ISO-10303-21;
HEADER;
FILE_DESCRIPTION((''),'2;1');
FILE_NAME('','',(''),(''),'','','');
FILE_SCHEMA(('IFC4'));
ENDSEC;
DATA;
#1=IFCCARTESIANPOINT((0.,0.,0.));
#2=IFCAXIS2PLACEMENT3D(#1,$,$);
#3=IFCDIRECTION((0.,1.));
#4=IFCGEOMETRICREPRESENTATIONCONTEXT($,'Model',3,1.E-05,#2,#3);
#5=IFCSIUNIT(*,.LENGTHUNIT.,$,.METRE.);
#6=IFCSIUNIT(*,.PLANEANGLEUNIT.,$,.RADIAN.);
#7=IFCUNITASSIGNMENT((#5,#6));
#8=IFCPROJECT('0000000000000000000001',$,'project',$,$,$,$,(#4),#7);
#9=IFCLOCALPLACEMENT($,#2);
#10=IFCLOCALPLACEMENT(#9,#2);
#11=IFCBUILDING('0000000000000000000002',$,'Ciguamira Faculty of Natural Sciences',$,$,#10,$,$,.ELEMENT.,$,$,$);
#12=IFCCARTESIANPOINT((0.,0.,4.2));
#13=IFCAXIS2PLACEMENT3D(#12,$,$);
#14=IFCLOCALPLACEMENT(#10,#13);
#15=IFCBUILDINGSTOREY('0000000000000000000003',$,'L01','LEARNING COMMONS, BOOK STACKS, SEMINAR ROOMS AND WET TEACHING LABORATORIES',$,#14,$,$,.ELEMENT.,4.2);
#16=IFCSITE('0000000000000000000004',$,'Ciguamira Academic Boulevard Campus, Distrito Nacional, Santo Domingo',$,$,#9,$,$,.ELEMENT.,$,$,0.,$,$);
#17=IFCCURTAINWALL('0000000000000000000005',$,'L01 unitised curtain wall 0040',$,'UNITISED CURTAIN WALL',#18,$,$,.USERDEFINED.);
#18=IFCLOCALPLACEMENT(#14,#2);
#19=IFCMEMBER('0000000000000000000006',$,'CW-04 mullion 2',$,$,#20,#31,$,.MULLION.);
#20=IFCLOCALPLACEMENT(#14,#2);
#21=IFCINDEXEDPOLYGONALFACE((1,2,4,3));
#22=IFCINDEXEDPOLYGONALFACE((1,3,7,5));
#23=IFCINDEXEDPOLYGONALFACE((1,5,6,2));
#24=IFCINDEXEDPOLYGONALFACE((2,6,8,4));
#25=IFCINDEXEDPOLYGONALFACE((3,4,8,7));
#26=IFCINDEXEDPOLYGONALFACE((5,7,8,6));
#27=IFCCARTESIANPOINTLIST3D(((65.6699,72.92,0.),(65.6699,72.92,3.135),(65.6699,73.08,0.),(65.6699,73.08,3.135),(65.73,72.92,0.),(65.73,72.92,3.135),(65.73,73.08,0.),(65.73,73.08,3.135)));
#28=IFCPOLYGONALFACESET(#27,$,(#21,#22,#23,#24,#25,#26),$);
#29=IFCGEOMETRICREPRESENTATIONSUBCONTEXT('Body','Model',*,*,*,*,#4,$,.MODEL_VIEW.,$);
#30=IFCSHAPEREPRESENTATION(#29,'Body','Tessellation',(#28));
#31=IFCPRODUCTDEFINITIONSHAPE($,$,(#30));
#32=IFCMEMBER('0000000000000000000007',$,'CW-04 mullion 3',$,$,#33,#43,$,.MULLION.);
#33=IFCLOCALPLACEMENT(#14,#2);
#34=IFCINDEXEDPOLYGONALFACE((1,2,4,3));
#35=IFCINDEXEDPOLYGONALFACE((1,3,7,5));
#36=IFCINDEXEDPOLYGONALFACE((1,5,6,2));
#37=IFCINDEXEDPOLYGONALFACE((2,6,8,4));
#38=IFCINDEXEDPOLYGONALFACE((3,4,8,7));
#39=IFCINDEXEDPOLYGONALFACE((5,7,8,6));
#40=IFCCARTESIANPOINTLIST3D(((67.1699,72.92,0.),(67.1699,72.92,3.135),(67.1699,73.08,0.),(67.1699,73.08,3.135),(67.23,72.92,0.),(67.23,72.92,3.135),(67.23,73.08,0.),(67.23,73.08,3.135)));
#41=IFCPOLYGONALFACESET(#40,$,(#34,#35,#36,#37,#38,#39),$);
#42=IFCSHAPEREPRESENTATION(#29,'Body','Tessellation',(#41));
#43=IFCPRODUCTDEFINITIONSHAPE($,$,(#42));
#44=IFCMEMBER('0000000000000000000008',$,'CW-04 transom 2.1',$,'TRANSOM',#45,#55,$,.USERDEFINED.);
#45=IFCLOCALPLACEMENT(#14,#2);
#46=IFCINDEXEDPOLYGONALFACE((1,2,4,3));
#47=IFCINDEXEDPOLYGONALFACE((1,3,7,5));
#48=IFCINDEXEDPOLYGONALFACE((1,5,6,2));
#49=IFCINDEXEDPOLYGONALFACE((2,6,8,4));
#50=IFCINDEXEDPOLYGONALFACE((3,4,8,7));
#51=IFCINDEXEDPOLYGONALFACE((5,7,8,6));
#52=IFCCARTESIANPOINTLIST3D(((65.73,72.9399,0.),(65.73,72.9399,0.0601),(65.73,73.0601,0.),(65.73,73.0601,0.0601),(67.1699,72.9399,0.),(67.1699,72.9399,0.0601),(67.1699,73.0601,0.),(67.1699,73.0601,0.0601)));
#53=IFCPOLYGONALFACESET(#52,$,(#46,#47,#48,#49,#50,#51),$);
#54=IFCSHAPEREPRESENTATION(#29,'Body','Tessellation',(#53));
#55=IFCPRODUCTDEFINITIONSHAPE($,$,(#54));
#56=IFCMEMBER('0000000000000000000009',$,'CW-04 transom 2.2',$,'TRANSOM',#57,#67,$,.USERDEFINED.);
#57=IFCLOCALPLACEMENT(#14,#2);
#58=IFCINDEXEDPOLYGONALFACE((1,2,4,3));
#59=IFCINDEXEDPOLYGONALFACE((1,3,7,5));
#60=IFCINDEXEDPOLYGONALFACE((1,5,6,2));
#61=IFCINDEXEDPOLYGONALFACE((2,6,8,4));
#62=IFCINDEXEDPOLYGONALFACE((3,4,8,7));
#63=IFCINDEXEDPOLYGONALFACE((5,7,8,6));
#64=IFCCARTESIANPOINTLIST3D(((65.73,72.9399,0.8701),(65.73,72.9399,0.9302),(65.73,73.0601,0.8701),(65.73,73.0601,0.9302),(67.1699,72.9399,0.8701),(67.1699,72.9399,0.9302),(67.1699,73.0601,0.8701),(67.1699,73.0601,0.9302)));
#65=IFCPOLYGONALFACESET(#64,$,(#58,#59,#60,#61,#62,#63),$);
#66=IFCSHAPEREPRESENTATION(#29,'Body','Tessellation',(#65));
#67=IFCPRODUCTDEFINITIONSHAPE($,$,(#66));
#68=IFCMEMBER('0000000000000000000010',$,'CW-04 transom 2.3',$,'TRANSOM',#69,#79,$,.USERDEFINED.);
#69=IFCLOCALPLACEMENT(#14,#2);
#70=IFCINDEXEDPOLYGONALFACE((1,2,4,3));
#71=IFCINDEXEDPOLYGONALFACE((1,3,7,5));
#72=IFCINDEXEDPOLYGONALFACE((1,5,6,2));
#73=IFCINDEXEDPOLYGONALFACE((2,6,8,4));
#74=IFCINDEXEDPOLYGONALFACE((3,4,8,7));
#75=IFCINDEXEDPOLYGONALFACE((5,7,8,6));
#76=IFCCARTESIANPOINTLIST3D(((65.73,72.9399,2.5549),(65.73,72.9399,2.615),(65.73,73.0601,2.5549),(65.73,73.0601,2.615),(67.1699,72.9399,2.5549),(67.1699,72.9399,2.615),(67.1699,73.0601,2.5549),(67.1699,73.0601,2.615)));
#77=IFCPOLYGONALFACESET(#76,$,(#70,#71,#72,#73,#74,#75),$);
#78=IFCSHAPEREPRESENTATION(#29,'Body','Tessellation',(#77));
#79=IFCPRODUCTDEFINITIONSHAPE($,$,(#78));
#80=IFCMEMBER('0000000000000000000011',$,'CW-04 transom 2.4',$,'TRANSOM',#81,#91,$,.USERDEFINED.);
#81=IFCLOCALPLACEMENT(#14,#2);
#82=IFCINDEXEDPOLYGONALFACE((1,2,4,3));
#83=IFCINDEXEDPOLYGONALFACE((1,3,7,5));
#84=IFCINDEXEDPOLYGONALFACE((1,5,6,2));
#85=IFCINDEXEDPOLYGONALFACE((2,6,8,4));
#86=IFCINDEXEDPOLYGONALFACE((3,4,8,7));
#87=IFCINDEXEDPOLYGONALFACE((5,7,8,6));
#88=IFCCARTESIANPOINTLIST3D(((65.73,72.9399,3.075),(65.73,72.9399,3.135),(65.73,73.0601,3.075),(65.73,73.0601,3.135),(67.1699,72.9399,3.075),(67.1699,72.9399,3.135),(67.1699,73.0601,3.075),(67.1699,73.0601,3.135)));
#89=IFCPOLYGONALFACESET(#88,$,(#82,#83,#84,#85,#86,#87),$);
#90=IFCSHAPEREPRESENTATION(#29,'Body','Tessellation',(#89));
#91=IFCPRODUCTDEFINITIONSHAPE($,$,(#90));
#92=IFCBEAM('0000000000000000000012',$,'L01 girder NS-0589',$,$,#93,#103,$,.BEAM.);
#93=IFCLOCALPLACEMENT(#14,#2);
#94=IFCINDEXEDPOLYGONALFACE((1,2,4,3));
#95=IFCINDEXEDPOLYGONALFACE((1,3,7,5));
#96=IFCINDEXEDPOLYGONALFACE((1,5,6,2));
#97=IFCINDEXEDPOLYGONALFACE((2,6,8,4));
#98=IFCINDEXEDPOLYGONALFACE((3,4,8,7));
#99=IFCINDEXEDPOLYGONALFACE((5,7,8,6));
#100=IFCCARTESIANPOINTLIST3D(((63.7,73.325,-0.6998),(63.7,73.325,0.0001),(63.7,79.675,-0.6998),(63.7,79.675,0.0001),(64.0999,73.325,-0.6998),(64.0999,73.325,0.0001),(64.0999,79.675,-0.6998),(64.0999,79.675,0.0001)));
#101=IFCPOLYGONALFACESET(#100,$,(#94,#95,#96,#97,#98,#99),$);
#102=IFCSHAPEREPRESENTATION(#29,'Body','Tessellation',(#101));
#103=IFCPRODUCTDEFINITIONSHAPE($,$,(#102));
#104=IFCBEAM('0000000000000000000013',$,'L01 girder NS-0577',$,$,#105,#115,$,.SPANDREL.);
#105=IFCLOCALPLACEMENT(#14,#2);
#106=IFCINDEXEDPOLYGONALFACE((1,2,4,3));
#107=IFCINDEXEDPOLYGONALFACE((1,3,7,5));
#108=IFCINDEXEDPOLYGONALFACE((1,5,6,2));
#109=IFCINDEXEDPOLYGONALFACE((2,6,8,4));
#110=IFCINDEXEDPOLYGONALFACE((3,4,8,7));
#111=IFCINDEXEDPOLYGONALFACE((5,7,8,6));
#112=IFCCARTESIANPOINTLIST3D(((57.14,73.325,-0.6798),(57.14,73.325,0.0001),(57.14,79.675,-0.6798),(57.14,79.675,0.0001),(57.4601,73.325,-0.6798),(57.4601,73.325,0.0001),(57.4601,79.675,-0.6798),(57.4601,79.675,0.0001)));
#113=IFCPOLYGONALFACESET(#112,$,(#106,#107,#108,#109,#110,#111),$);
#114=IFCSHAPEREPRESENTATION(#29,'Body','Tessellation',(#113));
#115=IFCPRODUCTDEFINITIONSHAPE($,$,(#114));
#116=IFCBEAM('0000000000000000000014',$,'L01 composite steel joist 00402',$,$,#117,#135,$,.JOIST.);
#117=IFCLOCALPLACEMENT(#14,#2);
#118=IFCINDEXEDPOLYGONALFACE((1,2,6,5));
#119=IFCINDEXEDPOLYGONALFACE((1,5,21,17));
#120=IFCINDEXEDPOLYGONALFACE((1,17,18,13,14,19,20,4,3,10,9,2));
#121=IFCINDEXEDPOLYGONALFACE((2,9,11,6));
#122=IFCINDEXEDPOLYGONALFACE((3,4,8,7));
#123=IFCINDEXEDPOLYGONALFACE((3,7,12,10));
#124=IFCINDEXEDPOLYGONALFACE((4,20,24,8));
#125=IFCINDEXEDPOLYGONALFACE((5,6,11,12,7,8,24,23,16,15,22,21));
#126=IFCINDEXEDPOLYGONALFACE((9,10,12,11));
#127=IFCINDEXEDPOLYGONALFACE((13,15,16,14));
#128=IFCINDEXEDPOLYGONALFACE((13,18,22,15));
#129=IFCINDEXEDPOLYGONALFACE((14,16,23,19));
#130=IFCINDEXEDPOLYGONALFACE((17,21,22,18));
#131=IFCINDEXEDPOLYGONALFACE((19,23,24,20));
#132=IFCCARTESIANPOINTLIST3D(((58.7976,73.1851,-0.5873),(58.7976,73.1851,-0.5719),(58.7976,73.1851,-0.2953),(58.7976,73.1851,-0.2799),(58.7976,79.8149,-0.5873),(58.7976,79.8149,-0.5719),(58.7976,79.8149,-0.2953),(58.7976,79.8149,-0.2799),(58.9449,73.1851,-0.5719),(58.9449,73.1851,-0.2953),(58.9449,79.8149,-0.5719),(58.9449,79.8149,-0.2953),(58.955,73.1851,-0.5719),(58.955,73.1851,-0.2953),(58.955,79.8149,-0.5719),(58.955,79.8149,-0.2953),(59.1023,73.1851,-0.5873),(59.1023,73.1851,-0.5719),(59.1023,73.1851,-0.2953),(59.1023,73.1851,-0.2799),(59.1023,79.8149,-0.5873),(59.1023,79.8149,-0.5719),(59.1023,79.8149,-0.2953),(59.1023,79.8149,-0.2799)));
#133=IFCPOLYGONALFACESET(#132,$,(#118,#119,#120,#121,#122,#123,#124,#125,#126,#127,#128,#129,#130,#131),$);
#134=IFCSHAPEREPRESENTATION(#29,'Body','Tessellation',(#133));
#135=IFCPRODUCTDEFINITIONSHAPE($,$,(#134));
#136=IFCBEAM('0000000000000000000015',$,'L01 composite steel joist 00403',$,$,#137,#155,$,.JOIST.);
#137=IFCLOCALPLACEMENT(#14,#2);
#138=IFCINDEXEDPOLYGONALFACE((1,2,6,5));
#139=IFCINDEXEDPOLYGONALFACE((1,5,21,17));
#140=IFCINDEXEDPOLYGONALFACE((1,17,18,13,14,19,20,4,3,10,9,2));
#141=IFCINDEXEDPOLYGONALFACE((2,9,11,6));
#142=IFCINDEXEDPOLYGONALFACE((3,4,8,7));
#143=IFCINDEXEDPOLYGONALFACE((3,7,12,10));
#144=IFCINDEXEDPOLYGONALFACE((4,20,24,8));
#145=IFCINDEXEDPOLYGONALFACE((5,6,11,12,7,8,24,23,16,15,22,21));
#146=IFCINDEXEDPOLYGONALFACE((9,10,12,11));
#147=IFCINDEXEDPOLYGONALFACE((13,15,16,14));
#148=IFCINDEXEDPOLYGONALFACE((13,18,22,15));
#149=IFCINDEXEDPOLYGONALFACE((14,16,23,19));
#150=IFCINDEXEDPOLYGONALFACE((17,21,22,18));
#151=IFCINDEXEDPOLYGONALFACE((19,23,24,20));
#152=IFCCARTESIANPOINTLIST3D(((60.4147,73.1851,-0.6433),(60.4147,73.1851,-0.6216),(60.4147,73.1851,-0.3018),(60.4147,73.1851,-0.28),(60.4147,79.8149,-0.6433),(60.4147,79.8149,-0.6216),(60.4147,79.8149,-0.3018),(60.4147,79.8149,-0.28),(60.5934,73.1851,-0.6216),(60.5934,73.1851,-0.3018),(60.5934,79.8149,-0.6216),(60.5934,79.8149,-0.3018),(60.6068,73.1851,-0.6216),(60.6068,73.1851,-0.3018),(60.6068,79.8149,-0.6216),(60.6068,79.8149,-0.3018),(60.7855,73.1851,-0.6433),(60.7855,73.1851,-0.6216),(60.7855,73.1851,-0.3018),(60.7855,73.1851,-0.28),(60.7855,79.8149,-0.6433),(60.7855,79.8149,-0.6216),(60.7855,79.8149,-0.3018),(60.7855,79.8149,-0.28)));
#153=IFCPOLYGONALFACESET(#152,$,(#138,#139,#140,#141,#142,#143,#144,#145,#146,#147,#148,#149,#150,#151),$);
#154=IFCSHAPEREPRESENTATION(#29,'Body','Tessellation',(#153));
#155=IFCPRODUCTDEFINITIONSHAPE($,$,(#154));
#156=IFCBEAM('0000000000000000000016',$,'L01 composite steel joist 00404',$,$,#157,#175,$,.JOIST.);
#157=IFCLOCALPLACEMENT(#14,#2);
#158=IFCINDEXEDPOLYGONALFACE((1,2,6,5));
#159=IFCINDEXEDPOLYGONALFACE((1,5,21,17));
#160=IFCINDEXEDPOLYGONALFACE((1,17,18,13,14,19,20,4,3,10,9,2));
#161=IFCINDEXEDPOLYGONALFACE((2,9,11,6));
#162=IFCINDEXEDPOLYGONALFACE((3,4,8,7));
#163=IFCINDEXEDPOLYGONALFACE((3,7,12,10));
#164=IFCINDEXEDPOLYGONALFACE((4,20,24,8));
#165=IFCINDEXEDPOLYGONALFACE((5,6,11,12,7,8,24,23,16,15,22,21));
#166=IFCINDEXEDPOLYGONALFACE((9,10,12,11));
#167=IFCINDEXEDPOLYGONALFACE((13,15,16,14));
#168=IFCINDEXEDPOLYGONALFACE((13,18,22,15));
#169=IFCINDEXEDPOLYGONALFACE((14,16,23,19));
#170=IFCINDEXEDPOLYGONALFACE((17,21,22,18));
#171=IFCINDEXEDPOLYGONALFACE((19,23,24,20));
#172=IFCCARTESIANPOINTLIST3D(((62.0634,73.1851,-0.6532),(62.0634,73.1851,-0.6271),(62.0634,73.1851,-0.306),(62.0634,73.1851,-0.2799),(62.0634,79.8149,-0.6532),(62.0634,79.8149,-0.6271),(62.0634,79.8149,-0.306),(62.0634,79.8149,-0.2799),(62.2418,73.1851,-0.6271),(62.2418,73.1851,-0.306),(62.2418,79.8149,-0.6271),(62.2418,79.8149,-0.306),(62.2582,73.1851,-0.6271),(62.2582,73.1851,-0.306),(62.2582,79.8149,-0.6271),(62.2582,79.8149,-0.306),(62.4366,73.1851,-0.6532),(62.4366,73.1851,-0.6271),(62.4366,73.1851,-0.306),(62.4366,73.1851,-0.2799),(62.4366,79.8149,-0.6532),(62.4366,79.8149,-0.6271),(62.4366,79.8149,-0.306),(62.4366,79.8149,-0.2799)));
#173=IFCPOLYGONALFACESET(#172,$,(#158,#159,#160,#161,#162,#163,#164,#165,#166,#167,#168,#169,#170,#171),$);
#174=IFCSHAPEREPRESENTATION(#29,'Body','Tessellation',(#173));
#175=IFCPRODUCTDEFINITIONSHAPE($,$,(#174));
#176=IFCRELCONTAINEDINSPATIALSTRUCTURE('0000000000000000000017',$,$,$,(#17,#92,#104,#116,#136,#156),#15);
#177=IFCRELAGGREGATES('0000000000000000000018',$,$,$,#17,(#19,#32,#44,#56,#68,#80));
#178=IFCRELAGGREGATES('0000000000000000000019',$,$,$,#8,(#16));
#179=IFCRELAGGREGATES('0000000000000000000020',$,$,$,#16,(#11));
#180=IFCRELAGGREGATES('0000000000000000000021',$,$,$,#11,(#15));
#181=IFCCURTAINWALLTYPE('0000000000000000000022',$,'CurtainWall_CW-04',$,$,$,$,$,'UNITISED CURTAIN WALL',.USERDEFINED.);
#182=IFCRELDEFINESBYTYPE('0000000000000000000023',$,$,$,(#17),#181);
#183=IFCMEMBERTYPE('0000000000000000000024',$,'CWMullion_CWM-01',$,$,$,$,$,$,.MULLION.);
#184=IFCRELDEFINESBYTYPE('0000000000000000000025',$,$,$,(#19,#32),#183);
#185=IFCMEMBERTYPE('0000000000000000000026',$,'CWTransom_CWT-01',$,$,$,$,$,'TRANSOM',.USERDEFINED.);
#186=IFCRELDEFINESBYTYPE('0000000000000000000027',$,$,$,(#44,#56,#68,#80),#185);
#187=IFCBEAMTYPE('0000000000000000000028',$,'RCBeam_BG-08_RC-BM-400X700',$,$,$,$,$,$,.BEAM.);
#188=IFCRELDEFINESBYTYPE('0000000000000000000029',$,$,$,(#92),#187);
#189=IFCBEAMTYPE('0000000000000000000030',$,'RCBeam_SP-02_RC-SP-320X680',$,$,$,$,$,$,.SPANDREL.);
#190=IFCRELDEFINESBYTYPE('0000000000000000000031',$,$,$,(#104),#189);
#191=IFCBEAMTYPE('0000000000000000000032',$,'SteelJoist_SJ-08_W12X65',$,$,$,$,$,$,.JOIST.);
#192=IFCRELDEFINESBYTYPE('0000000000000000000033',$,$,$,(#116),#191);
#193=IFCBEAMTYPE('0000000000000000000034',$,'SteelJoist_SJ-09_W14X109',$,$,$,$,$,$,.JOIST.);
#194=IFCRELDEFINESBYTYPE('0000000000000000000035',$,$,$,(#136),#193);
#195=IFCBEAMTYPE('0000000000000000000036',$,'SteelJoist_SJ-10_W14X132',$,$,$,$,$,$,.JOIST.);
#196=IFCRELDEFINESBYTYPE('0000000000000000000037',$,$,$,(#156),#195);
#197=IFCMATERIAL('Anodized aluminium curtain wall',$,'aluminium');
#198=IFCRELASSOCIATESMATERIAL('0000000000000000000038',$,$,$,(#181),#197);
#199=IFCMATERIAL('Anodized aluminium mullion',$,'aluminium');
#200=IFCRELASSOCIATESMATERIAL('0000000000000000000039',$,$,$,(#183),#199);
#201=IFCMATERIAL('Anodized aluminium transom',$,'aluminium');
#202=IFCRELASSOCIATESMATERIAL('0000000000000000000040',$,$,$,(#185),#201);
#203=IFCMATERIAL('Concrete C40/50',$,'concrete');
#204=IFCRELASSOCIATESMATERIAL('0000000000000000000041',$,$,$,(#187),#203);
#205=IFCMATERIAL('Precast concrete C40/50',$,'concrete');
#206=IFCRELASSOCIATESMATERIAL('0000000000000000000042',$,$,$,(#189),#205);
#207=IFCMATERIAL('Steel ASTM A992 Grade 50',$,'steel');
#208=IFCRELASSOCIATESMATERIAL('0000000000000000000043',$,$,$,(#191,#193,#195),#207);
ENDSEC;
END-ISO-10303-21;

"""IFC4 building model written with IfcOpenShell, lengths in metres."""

from ifc_helpers import new_model, si_unit, direction, frame, origin, origin_2d, place, context, subcontext, project, spatial, rectangle, i_section, extrude, material, material_profile, profile_set, type_object, element, aggregate, save


model = new_model("IFC4")

# Units and contexts
model_context = context("Model", 3, precision=1e-05, world=origin(), true_north=direction((0.0, 1.0)))
body_context = subcontext(model_context, "Body", "Model", "MODEL_VIEW")
ifc_project = project(units=[si_unit("LENGTHUNIT", "METRE"), si_unit("PLANEANGLEUNIT", "RADIAN")], contexts=[model_context])

# Site, building, storey
site_placement = place(None, origin())
site = spatial("IfcSite", under=ifc_project, at=site_placement, Name="Ciguamira Academic Boulevard Campus, Distrito Nacional, Santo Domingo", CompositionType="ELEMENT", RefElevation=0.0)
building_placement = place(site_placement, origin())
building = spatial("IfcBuilding", under=site, at=building_placement, Name="Ciguamira Faculty of Natural Sciences", CompositionType="ELEMENT")
storey_placement = place(building_placement, frame((0.0, 0.0, 4.2)))
storey = spatial("IfcBuildingStorey", under=building, at=storey_placement, Name="L01", Description="LEARNING COMMONS, BOOK STACKS, SEMINAR ROOMS AND WET TEACHING LABORATORIES", CompositionType="ELEMENT", Elevation=4.2)

# Curtain wall, members
ifc_material_1 = material(Name="Anodized aluminium curtain wall", Category="aluminium")
curtain_wall_type = type_object("IfcCurtainWallType", Name="CurtainWall_CW-04", ElementType="UNITISED CURTAIN WALL", PredefinedType="USERDEFINED", material=ifc_material_1)
curtain_wall_placement = place(storey_placement, origin())
curtain_wall = element("IfcCurtainWall", 1, at=curtain_wall_placement, inside=storey, type_object=curtain_wall_type, Name="L01 unitised curtain wall 0040", ObjectType="UNITISED CURTAIN WALL", PredefinedType="USERDEFINED")
ifc_material_2 = material(Name="Anodized aluminium mullion", Category="aluminium")
ifc_material_profile_1 = material_profile(ifc_material_2, rectangle(XDim=0.0601, YDim=0.1599, at=origin_2d()), Name="ALU-MUL-60X160")
ifc_profile_set_1 = profile_set([ifc_material_profile_1], Name="Anodized aluminium mullion")
member_type_1 = type_object("IfcMemberType", Name="CWMullion_CWM-01", PredefinedType="MULLION", material=ifc_profile_set_1)
member_1_placement = place(storey_placement, frame((65.7, 73.0, 0.0), z_axis=(0.0, 0.0, 1.0), x_axis=(1.0, 0.0, 0.0)))
member_1 = element("IfcMember", 2, at=member_1_placement, type_object=member_type_1, Name="CW-04 mullion 2", PredefinedType="MULLION", context=body_context, shape_type="SweptSolid", body=[
    extrude(rectangle(XDim=0.0601, YDim=0.1599, at=origin_2d()), origin(), (0.0, 0.0, 1.0), 3.135),
])
member_2_placement = place(storey_placement, frame((67.2, 73.0, 0.0), z_axis=(0.0, 0.0, 1.0), x_axis=(1.0, 0.0, 0.0)))
member_2 = element("IfcMember", 3, at=member_2_placement, type_object=member_type_1, Name="CW-04 mullion 3", PredefinedType="MULLION", context=body_context, shape_type="SweptSolid", body=[
    extrude(rectangle(XDim=0.0601, YDim=0.1599, at=origin_2d()), origin(), (0.0, 0.0, 1.0), 3.135),
])
ifc_material_3 = material(Name="Anodized aluminium transom", Category="aluminium")
ifc_material_profile_2 = material_profile(ifc_material_3, rectangle(XDim=0.0601, YDim=0.1201, at=origin_2d()), Name="ALU-TRN-60X120")
ifc_profile_set_2 = profile_set([ifc_material_profile_2], Name="Anodized aluminium transom")
member_type_2 = type_object("IfcMemberType", Name="CWTransom_CWT-01", ElementType="TRANSOM", PredefinedType="USERDEFINED", material=ifc_profile_set_2)
member_3_placement = place(storey_placement, frame((65.73, 73.0, 0.03), z_axis=(1.0, 0.0, 0.0), x_axis=(0.0, 0.0, 1.0)))
member_3 = element("IfcMember", 4, at=member_3_placement, type_object=member_type_2, Name="CW-04 transom 2.1", ObjectType="TRANSOM", PredefinedType="USERDEFINED", context=body_context, shape_type="SweptSolid", body=[
    extrude(rectangle(XDim=0.0601, YDim=0.1201, at=origin_2d()), origin(), (0.0, 0.0, 1.0), 1.4399),
])
member_4_placement = place(storey_placement, frame((65.73, 73.0, 0.9001), z_axis=(1.0, 0.0, 0.0), x_axis=(0.0, 0.0, 1.0)))
member_4 = element("IfcMember", 5, at=member_4_placement, type_object=member_type_2, Name="CW-04 transom 2.2", ObjectType="TRANSOM", PredefinedType="USERDEFINED", context=body_context, shape_type="SweptSolid", body=[
    extrude(rectangle(XDim=0.0601, YDim=0.1201, at=origin_2d()), origin(), (0.0, 0.0, 1.0), 1.4399),
])
member_5_placement = place(storey_placement, frame((65.73, 73.0, 2.585), z_axis=(1.0, 0.0, 0.0), x_axis=(0.0, 0.0, 1.0)))
member_5 = element("IfcMember", 6, at=member_5_placement, type_object=member_type_2, Name="CW-04 transom 2.3", ObjectType="TRANSOM", PredefinedType="USERDEFINED", context=body_context, shape_type="SweptSolid", body=[
    extrude(rectangle(XDim=0.0601, YDim=0.1201, at=origin_2d()), origin(), (0.0, 0.0, 1.0), 1.4399),
])
member_6_placement = place(storey_placement, frame((65.73, 73.0, 3.105), z_axis=(1.0, 0.0, 0.0), x_axis=(0.0, 0.0, 1.0)))
member_6 = element("IfcMember", 7, at=member_6_placement, type_object=member_type_2, Name="CW-04 transom 2.4", ObjectType="TRANSOM", PredefinedType="USERDEFINED", context=body_context, shape_type="SweptSolid", body=[
    extrude(rectangle(XDim=0.0601, YDim=0.1201, at=origin_2d()), origin(), (0.0, 0.0, 1.0), 1.4399),
])

# Beams
ifc_material_4 = material(Name="Concrete C40/50", Category="concrete")
ifc_material_profile_3 = material_profile(ifc_material_4, rectangle(XDim=0.3999, YDim=0.7, at=origin_2d()), Name="RC-BM-400X700")
ifc_profile_set_3 = profile_set([ifc_material_profile_3], Name="Concrete C40/50")
beam_type_1 = type_object("IfcBeamType", Name="RCBeam_BG-08_RC-BM-400X700", PredefinedType="BEAM", material=ifc_profile_set_3)
beam_1_placement = place(storey_placement, frame((63.8999, 73.325, -0.3499), z_axis=(0.0, 1.0, 0.0), x_axis=(-1.0, 0.0, 0.0)))
element("IfcBeam", 8, at=beam_1_placement, inside=storey, type_object=beam_type_1, Name="L01 girder NS-0589", PredefinedType="BEAM", context=body_context, shape_type="SweptSolid", body=[
    extrude(rectangle(XDim=0.3999, YDim=0.7, at=origin_2d()), origin(), (0.0, 0.0, 1.0), 6.3501),
])
ifc_material_5 = material(Name="Precast concrete C40/50", Category="concrete")
ifc_material_profile_4 = material_profile(ifc_material_5, rectangle(XDim=0.3201, YDim=0.6799, at=origin_2d()), Name="RC-SP-320X680")
ifc_profile_set_4 = profile_set([ifc_material_profile_4], Name="Precast concrete C40/50")
beam_type_2 = type_object("IfcBeamType", Name="RCBeam_SP-02_RC-SP-320X680", PredefinedType="SPANDREL", material=ifc_profile_set_4)
beam_2_placement = place(storey_placement, frame((57.3, 73.325, -0.3398), z_axis=(0.0, 1.0, 0.0), x_axis=(-1.0, 0.0, 0.0)))
element("IfcBeam", 9, at=beam_2_placement, inside=storey, type_object=beam_type_2, Name="L01 girder NS-0577", PredefinedType="SPANDREL", context=body_context, shape_type="SweptSolid", body=[
    extrude(rectangle(XDim=0.3201, YDim=0.6799, at=origin_2d()), origin(), (0.0, 0.0, 1.0), 6.3501),
])
ifc_material_6 = material(Name="Steel ASTM A992 Grade 50", Category="steel")
ifc_material_profile_5 = material_profile(ifc_material_6, i_section(OverallWidth=0.3047, OverallDepth=0.3074, WebThickness=0.01, FlangeThickness=0.0154, at=origin_2d()), Name="W12X65")
ifc_profile_set_5 = profile_set([ifc_material_profile_5], Name="Steel ASTM A992 Grade 50")
beam_type_3 = type_object("IfcBeamType", Name="SteelJoist_SJ-08_W12X65", PredefinedType="JOIST", material=ifc_profile_set_5)
beam_3_placement = place(storey_placement, frame((58.95, 73.1851, -0.4336), z_axis=(0.0, 1.0, 0.0), x_axis=(-1.0, 0.0, 0.0)))
element("IfcBeam", 10, at=beam_3_placement, inside=storey, type_object=beam_type_3, Name="L01 composite steel joist 00402", PredefinedType="JOIST", context=body_context, shape_type="SweptSolid", body=[
    extrude(i_section(OverallWidth=0.3047, OverallDepth=0.3074, WebThickness=0.01, FlangeThickness=0.0154, at=origin_2d()), origin(), (0.0, 0.0, 1.0), 6.6299),
])
ifc_material_profile_6 = material_profile(ifc_material_6, i_section(OverallWidth=0.3708, OverallDepth=0.3633, WebThickness=0.0134, FlangeThickness=0.0217, at=origin_2d()), Name="W14X109")
ifc_profile_set_6 = profile_set([ifc_material_profile_6], Name="Steel ASTM A992 Grade 50")
beam_type_4 = type_object("IfcBeamType", Name="SteelJoist_SJ-09_W14X109", PredefinedType="JOIST", material=ifc_profile_set_6)
beam_4_placement = place(storey_placement, frame((60.6001, 73.1851, -0.4617), z_axis=(0.0, 1.0, 0.0), x_axis=(-1.0, 0.0, 0.0)))
element("IfcBeam", 11, at=beam_4_placement, inside=storey, type_object=beam_type_4, Name="L01 composite steel joist 00403", PredefinedType="JOIST", context=body_context, shape_type="SweptSolid", body=[
    extrude(i_section(OverallWidth=0.3708, OverallDepth=0.3633, WebThickness=0.0134, FlangeThickness=0.0217, at=origin_2d()), origin(), (0.0, 0.0, 1.0), 6.6299),
])
ifc_material_profile_7 = material_profile(ifc_material_6, i_section(OverallWidth=0.3733, OverallDepth=0.3733, WebThickness=0.0164, FlangeThickness=0.0261, at=origin_2d()), Name="W14X132")
ifc_profile_set_7 = profile_set([ifc_material_profile_7], Name="Steel ASTM A992 Grade 50")
beam_type_5 = type_object("IfcBeamType", Name="SteelJoist_SJ-10_W14X132", PredefinedType="JOIST", material=ifc_profile_set_7)
beam_5_placement = place(storey_placement, frame((62.25, 73.1851, -0.4666), z_axis=(0.0, 1.0, 0.0), x_axis=(-1.0, 0.0, 0.0)))
element("IfcBeam", 12, at=beam_5_placement, inside=storey, type_object=beam_type_5, Name="L01 composite steel joist 00404", PredefinedType="JOIST", context=body_context, shape_type="SweptSolid", body=[
    extrude(i_section(OverallWidth=0.3733, OverallDepth=0.3733, WebThickness=0.0164, FlangeThickness=0.0261, at=origin_2d()), origin(), (0.0, 0.0, 1.0), 6.6299),
])

aggregate(curtain_wall, [member_1, member_2, member_3, member_4, member_5, member_6])

save(model, "model.ifc")
